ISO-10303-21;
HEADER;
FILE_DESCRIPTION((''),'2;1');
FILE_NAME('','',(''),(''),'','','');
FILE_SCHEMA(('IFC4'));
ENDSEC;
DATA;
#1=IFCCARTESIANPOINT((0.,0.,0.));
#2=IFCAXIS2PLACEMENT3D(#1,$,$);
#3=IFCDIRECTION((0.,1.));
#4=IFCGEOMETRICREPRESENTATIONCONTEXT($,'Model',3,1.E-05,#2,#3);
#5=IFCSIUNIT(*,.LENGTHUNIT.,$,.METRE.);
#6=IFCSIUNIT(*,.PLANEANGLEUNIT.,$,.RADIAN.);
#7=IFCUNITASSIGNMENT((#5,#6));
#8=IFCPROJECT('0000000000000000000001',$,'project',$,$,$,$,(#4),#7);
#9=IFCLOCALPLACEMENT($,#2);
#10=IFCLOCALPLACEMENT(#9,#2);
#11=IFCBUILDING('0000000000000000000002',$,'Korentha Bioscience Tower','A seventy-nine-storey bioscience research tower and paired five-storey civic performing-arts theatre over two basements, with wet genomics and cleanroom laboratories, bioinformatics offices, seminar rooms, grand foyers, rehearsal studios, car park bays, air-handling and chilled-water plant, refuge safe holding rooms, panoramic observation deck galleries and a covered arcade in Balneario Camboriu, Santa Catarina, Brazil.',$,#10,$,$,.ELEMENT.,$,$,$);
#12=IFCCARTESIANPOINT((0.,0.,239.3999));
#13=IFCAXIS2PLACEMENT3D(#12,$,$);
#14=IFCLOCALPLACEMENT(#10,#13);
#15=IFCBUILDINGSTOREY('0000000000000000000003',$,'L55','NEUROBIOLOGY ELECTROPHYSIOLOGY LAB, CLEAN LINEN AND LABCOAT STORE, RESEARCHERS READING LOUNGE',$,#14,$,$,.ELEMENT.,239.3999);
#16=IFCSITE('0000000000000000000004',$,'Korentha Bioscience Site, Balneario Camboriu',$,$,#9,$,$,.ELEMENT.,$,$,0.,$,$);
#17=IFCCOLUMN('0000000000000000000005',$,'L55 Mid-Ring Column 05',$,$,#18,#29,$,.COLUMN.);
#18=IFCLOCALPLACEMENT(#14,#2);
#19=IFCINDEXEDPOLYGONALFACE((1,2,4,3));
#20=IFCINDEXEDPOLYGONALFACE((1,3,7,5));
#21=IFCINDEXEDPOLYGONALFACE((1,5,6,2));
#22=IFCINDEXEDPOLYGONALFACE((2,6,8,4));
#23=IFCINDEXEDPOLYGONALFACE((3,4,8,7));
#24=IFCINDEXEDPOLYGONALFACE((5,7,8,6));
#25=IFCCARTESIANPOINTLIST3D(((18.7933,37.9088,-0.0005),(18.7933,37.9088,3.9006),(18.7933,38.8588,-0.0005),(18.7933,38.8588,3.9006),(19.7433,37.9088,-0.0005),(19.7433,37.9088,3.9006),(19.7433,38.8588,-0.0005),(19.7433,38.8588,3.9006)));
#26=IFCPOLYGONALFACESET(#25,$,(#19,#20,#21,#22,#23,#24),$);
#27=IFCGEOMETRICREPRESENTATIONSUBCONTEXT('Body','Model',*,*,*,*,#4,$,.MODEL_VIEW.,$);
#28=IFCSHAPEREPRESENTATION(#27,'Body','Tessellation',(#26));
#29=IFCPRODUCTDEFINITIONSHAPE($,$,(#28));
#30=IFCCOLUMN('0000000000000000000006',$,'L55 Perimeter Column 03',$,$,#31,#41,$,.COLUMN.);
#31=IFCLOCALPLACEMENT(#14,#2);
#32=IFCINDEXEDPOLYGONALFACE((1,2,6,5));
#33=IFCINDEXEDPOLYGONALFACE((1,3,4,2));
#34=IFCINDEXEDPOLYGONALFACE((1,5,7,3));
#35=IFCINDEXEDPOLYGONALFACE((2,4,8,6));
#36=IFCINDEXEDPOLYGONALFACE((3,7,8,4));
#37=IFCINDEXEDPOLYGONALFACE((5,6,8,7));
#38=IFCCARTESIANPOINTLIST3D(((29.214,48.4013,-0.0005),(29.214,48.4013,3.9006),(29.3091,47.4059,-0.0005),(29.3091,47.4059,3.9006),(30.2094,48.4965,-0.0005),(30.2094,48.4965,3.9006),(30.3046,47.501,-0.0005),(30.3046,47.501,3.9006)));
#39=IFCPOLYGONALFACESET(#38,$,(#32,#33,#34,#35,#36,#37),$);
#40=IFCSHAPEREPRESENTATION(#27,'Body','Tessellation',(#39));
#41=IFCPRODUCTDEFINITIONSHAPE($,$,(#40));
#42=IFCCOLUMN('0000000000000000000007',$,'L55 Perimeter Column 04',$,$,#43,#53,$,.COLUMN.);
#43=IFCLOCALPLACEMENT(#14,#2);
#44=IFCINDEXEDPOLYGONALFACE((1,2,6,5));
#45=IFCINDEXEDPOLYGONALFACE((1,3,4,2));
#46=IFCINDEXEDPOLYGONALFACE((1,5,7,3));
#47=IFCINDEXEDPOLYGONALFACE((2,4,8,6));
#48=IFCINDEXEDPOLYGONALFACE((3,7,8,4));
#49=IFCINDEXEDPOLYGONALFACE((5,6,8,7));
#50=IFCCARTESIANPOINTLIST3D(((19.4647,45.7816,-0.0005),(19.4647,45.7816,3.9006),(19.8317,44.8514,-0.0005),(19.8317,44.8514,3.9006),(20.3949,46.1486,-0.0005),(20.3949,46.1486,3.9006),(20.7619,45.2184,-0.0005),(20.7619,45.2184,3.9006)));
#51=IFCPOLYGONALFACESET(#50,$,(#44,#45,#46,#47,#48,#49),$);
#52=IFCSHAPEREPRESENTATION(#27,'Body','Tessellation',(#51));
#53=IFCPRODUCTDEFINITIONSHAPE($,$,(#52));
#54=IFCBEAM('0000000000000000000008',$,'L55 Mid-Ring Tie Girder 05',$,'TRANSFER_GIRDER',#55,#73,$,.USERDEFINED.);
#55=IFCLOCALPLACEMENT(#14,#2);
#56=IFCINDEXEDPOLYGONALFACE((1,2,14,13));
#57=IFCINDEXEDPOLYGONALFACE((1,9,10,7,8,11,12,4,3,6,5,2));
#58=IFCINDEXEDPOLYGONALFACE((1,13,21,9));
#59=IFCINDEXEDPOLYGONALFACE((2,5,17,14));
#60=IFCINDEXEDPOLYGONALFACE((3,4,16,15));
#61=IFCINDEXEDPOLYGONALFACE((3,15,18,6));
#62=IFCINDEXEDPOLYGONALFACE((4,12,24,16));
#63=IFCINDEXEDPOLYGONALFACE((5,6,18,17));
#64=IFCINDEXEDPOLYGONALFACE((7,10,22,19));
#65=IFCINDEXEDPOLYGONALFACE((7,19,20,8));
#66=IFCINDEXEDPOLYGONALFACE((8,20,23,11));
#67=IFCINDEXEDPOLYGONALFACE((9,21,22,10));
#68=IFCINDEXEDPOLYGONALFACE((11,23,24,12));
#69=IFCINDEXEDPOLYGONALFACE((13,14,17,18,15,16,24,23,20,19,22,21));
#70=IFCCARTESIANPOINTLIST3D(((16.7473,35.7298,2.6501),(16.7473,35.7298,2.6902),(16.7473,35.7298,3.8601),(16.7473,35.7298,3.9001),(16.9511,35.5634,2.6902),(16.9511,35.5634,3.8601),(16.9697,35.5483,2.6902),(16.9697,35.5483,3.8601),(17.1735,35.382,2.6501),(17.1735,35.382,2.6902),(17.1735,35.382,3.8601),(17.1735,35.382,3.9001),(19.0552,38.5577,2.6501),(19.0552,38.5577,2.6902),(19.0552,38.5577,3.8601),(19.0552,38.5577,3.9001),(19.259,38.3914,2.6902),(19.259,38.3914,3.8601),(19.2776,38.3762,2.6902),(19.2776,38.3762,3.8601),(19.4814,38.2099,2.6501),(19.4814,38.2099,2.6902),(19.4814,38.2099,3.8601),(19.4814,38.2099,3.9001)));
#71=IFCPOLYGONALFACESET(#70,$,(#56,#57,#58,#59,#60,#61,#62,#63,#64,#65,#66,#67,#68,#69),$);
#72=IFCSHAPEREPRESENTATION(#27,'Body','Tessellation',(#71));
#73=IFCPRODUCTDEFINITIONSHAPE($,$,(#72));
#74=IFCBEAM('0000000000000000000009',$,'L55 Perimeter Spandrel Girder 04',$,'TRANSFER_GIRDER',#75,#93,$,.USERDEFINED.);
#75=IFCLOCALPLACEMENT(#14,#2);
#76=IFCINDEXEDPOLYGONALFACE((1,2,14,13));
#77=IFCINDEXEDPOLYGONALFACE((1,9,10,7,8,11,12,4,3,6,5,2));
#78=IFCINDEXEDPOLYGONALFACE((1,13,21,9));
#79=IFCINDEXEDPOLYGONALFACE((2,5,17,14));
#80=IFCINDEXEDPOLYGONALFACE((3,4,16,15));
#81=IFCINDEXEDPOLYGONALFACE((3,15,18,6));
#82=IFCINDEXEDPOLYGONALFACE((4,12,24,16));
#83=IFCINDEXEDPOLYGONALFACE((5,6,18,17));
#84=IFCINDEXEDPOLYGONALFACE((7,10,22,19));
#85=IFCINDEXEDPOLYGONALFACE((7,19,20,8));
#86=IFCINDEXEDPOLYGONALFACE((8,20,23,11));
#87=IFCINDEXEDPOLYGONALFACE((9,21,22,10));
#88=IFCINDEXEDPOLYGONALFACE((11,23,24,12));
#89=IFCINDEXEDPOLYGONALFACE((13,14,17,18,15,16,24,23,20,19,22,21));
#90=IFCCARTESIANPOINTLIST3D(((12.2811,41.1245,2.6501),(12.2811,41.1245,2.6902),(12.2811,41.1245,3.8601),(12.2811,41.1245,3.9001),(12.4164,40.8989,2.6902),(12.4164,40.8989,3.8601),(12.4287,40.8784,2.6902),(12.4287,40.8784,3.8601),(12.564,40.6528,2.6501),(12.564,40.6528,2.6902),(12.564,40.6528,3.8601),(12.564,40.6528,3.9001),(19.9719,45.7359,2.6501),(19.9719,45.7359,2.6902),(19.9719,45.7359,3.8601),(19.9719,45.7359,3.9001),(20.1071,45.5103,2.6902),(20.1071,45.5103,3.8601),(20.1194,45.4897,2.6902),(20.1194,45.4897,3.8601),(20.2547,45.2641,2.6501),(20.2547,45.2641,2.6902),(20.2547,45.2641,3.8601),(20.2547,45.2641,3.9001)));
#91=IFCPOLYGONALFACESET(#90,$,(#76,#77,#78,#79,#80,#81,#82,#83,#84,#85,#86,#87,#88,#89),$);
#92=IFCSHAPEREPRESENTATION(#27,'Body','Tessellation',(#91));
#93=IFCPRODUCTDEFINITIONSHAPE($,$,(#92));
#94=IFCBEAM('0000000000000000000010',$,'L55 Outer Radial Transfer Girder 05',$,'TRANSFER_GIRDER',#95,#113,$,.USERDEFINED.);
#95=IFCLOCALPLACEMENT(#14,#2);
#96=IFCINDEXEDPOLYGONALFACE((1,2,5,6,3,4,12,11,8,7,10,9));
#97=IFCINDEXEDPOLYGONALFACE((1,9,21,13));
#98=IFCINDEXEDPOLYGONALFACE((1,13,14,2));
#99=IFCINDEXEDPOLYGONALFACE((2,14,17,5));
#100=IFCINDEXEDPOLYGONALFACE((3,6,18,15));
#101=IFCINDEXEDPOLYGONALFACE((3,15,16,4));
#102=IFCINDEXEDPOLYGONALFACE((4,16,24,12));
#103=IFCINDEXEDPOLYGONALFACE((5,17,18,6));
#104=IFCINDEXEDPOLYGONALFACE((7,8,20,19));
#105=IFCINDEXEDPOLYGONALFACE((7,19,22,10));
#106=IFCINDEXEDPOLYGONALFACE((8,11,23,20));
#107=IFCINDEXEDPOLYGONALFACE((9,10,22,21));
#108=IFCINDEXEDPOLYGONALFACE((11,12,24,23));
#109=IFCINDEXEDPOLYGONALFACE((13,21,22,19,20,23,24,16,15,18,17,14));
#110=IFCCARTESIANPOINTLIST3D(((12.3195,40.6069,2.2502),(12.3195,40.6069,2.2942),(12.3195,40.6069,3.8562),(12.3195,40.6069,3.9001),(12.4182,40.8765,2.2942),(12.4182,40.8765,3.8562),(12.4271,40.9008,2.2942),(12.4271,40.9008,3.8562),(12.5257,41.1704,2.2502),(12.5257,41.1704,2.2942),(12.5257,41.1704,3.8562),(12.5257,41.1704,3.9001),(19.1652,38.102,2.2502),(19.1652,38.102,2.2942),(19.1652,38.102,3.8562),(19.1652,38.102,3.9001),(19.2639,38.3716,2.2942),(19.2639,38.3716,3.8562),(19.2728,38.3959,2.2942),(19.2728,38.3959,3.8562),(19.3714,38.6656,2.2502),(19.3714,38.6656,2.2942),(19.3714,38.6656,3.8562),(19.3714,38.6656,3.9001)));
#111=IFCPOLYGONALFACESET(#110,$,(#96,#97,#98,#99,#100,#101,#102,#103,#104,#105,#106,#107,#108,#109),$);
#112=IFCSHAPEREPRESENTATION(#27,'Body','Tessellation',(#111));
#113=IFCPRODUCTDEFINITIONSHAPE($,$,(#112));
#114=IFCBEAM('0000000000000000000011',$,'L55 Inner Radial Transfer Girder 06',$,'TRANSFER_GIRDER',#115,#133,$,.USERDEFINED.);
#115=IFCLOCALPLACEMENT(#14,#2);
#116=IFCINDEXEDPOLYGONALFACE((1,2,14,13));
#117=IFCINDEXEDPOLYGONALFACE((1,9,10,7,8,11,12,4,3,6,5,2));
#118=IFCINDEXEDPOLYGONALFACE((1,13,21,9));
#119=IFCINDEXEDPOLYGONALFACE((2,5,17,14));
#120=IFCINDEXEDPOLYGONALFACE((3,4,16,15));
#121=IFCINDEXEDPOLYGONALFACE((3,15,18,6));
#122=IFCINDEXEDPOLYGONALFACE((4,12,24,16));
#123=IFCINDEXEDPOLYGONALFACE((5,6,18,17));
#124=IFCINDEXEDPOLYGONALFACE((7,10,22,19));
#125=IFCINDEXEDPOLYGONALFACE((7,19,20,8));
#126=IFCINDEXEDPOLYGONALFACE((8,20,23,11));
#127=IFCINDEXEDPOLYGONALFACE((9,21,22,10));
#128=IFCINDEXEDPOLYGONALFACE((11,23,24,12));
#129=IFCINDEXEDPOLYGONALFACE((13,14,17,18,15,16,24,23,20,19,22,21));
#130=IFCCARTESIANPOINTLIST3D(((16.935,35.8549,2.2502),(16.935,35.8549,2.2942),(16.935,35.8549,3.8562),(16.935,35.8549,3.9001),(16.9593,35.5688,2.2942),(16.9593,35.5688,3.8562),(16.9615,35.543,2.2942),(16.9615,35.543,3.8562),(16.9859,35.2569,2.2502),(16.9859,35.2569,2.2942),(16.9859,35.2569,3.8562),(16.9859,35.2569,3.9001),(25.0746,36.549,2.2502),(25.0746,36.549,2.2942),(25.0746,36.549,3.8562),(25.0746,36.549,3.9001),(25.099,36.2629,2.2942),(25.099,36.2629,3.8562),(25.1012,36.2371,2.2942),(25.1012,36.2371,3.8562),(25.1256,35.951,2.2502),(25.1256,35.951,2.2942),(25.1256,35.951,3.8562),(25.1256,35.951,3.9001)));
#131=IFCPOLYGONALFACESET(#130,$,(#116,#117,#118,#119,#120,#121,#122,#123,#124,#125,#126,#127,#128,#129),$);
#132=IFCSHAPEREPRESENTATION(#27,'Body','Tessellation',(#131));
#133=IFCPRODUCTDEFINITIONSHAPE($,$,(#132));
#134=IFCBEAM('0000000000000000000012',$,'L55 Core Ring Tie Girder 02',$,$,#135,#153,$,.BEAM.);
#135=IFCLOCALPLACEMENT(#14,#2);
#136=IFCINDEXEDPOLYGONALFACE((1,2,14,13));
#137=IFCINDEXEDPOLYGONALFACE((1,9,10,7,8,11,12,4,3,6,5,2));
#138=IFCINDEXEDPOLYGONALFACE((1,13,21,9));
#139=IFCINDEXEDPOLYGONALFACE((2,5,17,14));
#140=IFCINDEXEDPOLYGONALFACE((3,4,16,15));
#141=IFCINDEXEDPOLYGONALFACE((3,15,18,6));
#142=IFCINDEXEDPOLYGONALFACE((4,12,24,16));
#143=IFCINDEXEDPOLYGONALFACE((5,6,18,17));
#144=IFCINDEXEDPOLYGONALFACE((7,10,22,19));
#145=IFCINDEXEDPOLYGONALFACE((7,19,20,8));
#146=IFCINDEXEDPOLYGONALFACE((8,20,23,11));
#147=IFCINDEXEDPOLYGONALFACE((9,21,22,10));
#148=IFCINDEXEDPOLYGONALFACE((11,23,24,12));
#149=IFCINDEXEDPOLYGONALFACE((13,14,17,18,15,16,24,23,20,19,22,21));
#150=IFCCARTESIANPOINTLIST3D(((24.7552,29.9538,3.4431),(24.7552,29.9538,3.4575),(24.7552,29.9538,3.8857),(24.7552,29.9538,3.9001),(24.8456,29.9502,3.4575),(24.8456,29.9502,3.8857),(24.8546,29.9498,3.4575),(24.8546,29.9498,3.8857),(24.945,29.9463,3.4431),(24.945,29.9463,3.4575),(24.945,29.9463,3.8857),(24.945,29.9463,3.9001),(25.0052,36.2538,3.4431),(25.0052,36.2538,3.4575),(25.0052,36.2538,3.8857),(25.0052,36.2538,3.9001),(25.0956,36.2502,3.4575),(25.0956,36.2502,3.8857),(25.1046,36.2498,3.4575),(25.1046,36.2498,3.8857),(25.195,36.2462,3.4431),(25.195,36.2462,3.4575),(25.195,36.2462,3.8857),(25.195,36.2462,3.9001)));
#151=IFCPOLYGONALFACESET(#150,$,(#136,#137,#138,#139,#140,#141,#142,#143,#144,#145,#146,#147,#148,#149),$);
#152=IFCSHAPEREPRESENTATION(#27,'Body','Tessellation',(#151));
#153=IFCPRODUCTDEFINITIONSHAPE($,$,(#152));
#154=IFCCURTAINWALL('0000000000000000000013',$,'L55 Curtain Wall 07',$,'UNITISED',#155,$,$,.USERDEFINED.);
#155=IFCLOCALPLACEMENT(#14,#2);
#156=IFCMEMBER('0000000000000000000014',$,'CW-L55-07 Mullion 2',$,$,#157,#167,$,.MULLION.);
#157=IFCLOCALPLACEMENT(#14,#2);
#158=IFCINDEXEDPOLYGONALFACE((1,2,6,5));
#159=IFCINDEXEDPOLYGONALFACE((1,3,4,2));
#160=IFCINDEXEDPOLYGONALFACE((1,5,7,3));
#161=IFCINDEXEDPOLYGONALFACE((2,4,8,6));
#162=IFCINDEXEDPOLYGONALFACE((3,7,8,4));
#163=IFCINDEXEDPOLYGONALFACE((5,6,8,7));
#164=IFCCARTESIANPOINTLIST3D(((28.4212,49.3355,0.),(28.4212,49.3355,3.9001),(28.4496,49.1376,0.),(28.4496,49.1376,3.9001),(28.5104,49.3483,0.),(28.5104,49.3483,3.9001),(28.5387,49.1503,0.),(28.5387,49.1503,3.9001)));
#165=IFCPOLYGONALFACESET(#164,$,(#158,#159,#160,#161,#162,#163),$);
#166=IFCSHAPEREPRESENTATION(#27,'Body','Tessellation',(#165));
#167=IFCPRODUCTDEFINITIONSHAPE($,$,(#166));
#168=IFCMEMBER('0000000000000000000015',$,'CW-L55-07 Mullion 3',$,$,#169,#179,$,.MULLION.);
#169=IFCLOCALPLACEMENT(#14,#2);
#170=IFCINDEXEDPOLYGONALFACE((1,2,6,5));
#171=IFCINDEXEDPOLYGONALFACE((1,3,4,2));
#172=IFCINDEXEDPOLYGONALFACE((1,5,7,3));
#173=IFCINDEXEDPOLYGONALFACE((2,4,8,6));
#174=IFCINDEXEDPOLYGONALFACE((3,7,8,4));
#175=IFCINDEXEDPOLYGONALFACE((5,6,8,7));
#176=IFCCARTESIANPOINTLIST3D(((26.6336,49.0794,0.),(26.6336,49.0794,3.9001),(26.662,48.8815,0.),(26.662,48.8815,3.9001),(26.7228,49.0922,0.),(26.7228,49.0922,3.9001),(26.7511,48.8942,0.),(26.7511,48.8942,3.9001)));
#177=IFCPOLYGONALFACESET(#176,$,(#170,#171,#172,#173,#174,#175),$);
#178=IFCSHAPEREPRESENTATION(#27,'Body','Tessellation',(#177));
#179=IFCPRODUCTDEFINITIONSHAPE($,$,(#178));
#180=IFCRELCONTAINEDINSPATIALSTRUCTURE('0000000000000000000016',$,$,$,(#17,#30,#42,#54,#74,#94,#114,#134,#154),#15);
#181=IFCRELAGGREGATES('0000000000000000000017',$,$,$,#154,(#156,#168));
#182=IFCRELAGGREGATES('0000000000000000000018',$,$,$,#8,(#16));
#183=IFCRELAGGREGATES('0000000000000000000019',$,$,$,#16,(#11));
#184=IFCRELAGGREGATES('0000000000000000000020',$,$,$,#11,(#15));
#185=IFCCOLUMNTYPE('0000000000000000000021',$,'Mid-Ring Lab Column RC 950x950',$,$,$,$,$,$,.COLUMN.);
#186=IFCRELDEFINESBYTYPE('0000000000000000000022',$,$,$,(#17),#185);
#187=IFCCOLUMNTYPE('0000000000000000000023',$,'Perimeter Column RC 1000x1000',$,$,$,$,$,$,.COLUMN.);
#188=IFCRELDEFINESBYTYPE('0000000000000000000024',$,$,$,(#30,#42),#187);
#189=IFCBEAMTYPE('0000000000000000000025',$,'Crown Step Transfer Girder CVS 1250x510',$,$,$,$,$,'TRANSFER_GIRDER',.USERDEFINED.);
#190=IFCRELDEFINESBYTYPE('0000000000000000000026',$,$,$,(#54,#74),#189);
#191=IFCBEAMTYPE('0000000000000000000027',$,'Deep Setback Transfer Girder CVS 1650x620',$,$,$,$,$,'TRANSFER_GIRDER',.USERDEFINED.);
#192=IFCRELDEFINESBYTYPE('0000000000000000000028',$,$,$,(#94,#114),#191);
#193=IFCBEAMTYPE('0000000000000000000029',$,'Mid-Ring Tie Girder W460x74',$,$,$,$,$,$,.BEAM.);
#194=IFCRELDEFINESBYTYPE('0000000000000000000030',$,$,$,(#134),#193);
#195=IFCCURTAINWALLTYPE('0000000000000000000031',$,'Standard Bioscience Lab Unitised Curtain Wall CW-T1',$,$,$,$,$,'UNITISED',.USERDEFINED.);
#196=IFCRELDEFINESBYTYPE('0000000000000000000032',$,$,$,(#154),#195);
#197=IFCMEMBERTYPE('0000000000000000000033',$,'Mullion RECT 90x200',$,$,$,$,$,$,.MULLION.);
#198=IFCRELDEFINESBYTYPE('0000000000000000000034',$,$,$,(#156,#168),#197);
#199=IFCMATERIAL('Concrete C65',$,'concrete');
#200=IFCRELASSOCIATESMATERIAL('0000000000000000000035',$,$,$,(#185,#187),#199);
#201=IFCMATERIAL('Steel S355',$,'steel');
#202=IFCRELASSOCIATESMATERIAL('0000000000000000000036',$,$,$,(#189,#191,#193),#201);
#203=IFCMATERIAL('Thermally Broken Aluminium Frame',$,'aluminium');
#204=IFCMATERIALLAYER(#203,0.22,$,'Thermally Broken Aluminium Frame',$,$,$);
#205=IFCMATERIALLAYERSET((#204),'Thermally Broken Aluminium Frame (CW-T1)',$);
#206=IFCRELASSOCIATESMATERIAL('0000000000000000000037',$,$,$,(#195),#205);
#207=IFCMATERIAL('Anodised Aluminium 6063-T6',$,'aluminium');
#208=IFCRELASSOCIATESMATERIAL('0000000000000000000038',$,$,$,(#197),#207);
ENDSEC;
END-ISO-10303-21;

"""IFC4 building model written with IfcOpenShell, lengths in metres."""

from ifc_helpers import new_model, si_unit, direction, frame, origin, origin_2d, place, context, subcontext, project, spatial, rectangle, i_section, extrude, material, layer, layer_set, material_profile, profile_set, type_object, element, aggregate, save


model = new_model("IFC4")

# Units and contexts
model_context = context("Model", 3, precision=1e-05, world=origin(), true_north=direction((0.0, 1.0)))
body_context = subcontext(model_context, "Body", "Model", "MODEL_VIEW")
ifc_project = project(units=[si_unit("LENGTHUNIT", "METRE"), si_unit("PLANEANGLEUNIT", "RADIAN")], contexts=[model_context])

# Site, building, storey
site_placement = place(None, origin())
site = spatial("IfcSite", under=ifc_project, at=site_placement, Name="Korentha Bioscience Site, Balneario Camboriu", CompositionType="ELEMENT", RefElevation=0.0)
building_placement = place(site_placement, origin())
building = spatial("IfcBuilding", under=site, at=building_placement, Name="Korentha Bioscience Tower", Description="A seventy-nine-storey bioscience research tower and paired five-storey civic performing-arts theatre over two basements, with wet genomics and cleanroom laboratories, bioinformatics offices, seminar rooms, grand foyers, rehearsal studios, car park bays, air-handling and chilled-water plant, refuge safe holding rooms, panoramic observation deck galleries and a covered arcade in Balneario Camboriu, Santa Catarina, Brazil.", CompositionType="ELEMENT")
storey_placement = place(building_placement, frame((0.0, 0.0, 239.3999)))
storey = spatial("IfcBuildingStorey", under=building, at=storey_placement, Name="L55", Description="NEUROBIOLOGY ELECTROPHYSIOLOGY LAB, CLEAN LINEN AND LABCOAT STORE, RESEARCHERS READING LOUNGE", CompositionType="ELEMENT", Elevation=239.3999)

# Columns
ifc_material_1 = material(Name="Concrete C65", Category="concrete")
ifc_material_profile_1 = material_profile(ifc_material_1, rectangle(XDim=0.95, YDim=0.95, at=origin_2d()), Name="Concrete C65")
ifc_profile_set_1 = profile_set([ifc_material_profile_1], Name="Concrete C65 (COL-MR09)")
column_type_1 = type_object("IfcColumnType", Name="Mid-Ring Lab Column RC 950x950", PredefinedType="COLUMN", material=ifc_profile_set_1)
column_placement = place(storey_placement, frame((19.2683, 38.3838, -0.0005), z_axis=(0.0, 0.0, 1.0), x_axis=(1.0, 0.0, 0.0)))
element("IfcColumn", 1, at=column_placement, inside=storey, type_object=column_type_1, Name="L55 Mid-Ring Column 05", PredefinedType="COLUMN", context=body_context, shape_type="SweptSolid", body=[
    extrude(rectangle(XDim=0.95, YDim=0.95, at=origin_2d()), origin(), (0.0, 0.0, 1.0), 3.9011),
])
ifc_material_profile_2 = material_profile(ifc_material_1, rectangle(XDim=1.0, YDim=1.0, at=origin_2d()), Name="Concrete C65")
ifc_profile_set_2 = profile_set([ifc_material_profile_2], Name="Concrete C65 (COL-P10)")
column_type_2 = type_object("IfcColumnType", Name="Perimeter Column RC 1000x1000", PredefinedType="COLUMN", material=ifc_profile_set_2)
for number, where, z_axis, x_axis, name in (
    (2, (29.7593, 47.9512, -0.0005), (0.0, 0.0, 1.0), (0.995463, 0.095151, 0.0), "L55 Perimeter Column 03"),
    (3, (20.1133, 45.5, -0.0005), (0.0, 0.0, 1.0), (0.930226, 0.366988, 0.0), "L55 Perimeter Column 04"),
):
    element("IfcColumn", number, at=place(storey_placement, frame(where, z_axis=z_axis, x_axis=x_axis)), inside=storey, type_object=column_type_2, Name=name, PredefinedType="COLUMN", context=body_context, shape_type="SweptSolid", body=[
        extrude(rectangle(XDim=1.0, YDim=1.0, at=origin_2d()), origin(), (0.0, 0.0, 1.0), 3.9011),
    ])

# Beams
ifc_material_2 = material(Name="Steel S355", Category="steel")
ifc_material_profile_3 = material_profile(ifc_material_2, i_section(OverallWidth=0.55, OverallDepth=1.25, WebThickness=0.0239, FlangeThickness=0.04, at=origin_2d()), Name="Steel S355")
ifc_profile_set_3 = profile_set([ifc_material_profile_3], Name="Steel S355 (TG-03)")
beam_type_1 = type_object("IfcBeamType", Name="Crown Step Transfer Girder CVS 1250x510", ElementType="TRANSFER_GIRDER", PredefinedType="USERDEFINED", material=ifc_profile_set_3)
beam_1_placement = place(storey_placement, frame((19.2683, 38.3838, 3.2751), z_axis=(-0.632276, -0.774743, 0.0), x_axis=(0.774743, -0.632276, 0.0)))
element("IfcBeam", 4, at=beam_1_placement, inside=storey, type_object=beam_type_1, Name="L55 Mid-Ring Tie Girder 05", ObjectType="TRANSFER_GIRDER", PredefinedType="USERDEFINED", context=body_context, shape_type="SweptSolid", body=[
    extrude(i_section(OverallWidth=0.55, OverallDepth=1.25, WebThickness=0.0239, FlangeThickness=0.04, at=origin_2d()), origin(), (0.0, 0.0, 1.0), 3.6501),
])
beam_2_placement = place(storey_placement, frame((20.1133, 45.5, 3.2751), z_axis=(-0.857644, -0.514243, 0.0), x_axis=(0.514243, -0.857644, 0.0)))
element("IfcBeam", 5, at=beam_2_placement, inside=storey, type_object=beam_type_1, Name="L55 Perimeter Spandrel Girder 04", ObjectType="TRANSFER_GIRDER", PredefinedType="USERDEFINED", context=body_context, shape_type="SweptSolid", body=[
    extrude(i_section(OverallWidth=0.55, OverallDepth=1.25, WebThickness=0.0239, FlangeThickness=0.04, at=origin_2d()), origin(), (0.0, 0.0, 1.0), 8.9673),
])
ifc_material_profile_4 = material_profile(ifc_material_2, i_section(OverallWidth=0.6001, OverallDepth=1.6499, WebThickness=0.0259, FlangeThickness=0.0439, at=origin_2d()), Name="Steel S355")
ifc_profile_set_4 = profile_set([ifc_material_profile_4], Name="Steel S355 (TG-04)")
beam_type_2 = type_object("IfcBeamType", Name="Deep Setback Transfer Girder CVS 1650x620", ElementType="TRANSFER_GIRDER", PredefinedType="USERDEFINED", material=ifc_profile_set_4)
beam_3_placement = place(storey_placement, frame((19.2683, 38.3838, 3.0752), z_axis=(-0.939107, 0.343625, 0.0), x_axis=(-0.343625, -0.939107, 0.0)))
element("IfcBeam", 6, at=beam_3_placement, inside=storey, type_object=beam_type_2, Name="L55 Outer Radial Transfer Girder 05", ObjectType="TRANSFER_GIRDER", PredefinedType="USERDEFINED", context=body_context, shape_type="SweptSolid", body=[
    extrude(i_section(OverallWidth=0.6001, OverallDepth=1.6499, WebThickness=0.0259, FlangeThickness=0.0439, at=origin_2d()), origin(), (0.0, 0.0, 1.0), 7.2896),
])
beam_4_placement = place(storey_placement, frame((25.1001, 36.25, 3.0752), z_axis=(-0.996384, -0.084965, 0.0), x_axis=(0.084965, -0.996384, 0.0)))
element("IfcBeam", 7, at=beam_4_placement, inside=storey, type_object=beam_type_2, Name="L55 Inner Radial Transfer Girder 06", ObjectType="TRANSFER_GIRDER", PredefinedType="USERDEFINED", context=body_context, shape_type="SweptSolid", body=[
    extrude(i_section(OverallWidth=0.6001, OverallDepth=1.6499, WebThickness=0.0259, FlangeThickness=0.0439, at=origin_2d()), origin(), (0.0, 0.0, 1.0), 8.1692),
])
ifc_material_profile_5 = material_profile(ifc_material_2, i_section(OverallWidth=0.1899, OverallDepth=0.457, WebThickness=0.009, FlangeThickness=0.0144, at=origin_2d()), Name="Steel S355")
ifc_profile_set_5 = profile_set([ifc_material_profile_5], Name="Steel S355 (MB-460)")
beam_type_3 = type_object("IfcBeamType", Name="Mid-Ring Tie Girder W460x74", PredefinedType="BEAM", material=ifc_profile_set_5)
beam_5_placement = place(storey_placement, frame((25.1001, 36.25, 3.6716), z_axis=(-0.039651, -0.999214, 0.0), x_axis=(0.999214, -0.039651, 0.0)))
element("IfcBeam", 8, at=beam_5_placement, inside=storey, type_object=beam_type_3, Name="L55 Core Ring Tie Girder 02", PredefinedType="BEAM", context=body_context, shape_type="SweptSolid", body=[
    extrude(i_section(OverallWidth=0.1899, OverallDepth=0.457, WebThickness=0.009, FlangeThickness=0.0144, at=origin_2d()), origin(), (0.0, 0.0, 1.0), 6.3049),
])

# Curtain wall, members
ifc_material_3 = material(Name="Thermally Broken Aluminium Frame", Category="aluminium")
ifc_layer_1 = layer(ifc_material_3, 0.22, Name="Thermally Broken Aluminium Frame")
ifc_layer_set_1 = layer_set([ifc_layer_1], Name="Thermally Broken Aluminium Frame (CW-T1)")
curtain_wall_type = type_object("IfcCurtainWallType", Name="Standard Bioscience Lab Unitised Curtain Wall CW-T1", ElementType="UNITISED", PredefinedType="USERDEFINED", material=ifc_layer_set_1)
curtain_wall_placement = place(storey_placement, origin())
curtain_wall = element("IfcCurtainWall", 9, at=curtain_wall_placement, inside=storey, type_object=curtain_wall_type, Name="L55 Curtain Wall 07", ObjectType="UNITISED", PredefinedType="USERDEFINED")
ifc_material_4 = material(Name="Anodised Aluminium 6063-T6", Category="aluminium")
ifc_material_profile_6 = material_profile(ifc_material_4, rectangle(XDim=0.0901, YDim=0.2, at=origin_2d()), Name="Anodised Aluminium 6063-T6")
ifc_profile_set_6 = profile_set([ifc_material_profile_6], Name="Anodised Aluminium 6063-T6 (CW-MUL)")
member_type_1 = type_object("IfcMemberType", Name="Mullion RECT 90x200", PredefinedType="MULLION", material=ifc_profile_set_6)
member_1_placement = place(storey_placement, frame((28.48, 49.2429, 0.0), z_axis=(0.0, 0.0, 1.0), x_axis=(-0.989902, -0.141754, 0.0)))
member_1 = element("IfcMember", 10, at=member_1_placement, type_object=member_type_1, Name="CW-L55-07 Mullion 2", PredefinedType="MULLION", context=body_context, shape_type="SweptSolid", body=[
    extrude(rectangle(XDim=0.0901, YDim=0.2, at=origin_2d()), origin(), (0.0, 0.0, 1.0), 3.9001),
])
member_2_placement = place(storey_placement, frame((26.6924, 48.9868, 0.0), z_axis=(0.0, 0.0, 1.0), x_axis=(-0.989902, -0.141754, 0.0)))
member_2 = element("IfcMember", 11, at=member_2_placement, type_object=member_type_1, Name="CW-L55-07 Mullion 3", PredefinedType="MULLION", context=body_context, shape_type="SweptSolid", body=[
    extrude(rectangle(XDim=0.0901, YDim=0.2, at=origin_2d()), origin(), (0.0, 0.0, 1.0), 3.9001),
])
aggregate(curtain_wall, [member_1, member_2])

save(model, "model.ifc")
